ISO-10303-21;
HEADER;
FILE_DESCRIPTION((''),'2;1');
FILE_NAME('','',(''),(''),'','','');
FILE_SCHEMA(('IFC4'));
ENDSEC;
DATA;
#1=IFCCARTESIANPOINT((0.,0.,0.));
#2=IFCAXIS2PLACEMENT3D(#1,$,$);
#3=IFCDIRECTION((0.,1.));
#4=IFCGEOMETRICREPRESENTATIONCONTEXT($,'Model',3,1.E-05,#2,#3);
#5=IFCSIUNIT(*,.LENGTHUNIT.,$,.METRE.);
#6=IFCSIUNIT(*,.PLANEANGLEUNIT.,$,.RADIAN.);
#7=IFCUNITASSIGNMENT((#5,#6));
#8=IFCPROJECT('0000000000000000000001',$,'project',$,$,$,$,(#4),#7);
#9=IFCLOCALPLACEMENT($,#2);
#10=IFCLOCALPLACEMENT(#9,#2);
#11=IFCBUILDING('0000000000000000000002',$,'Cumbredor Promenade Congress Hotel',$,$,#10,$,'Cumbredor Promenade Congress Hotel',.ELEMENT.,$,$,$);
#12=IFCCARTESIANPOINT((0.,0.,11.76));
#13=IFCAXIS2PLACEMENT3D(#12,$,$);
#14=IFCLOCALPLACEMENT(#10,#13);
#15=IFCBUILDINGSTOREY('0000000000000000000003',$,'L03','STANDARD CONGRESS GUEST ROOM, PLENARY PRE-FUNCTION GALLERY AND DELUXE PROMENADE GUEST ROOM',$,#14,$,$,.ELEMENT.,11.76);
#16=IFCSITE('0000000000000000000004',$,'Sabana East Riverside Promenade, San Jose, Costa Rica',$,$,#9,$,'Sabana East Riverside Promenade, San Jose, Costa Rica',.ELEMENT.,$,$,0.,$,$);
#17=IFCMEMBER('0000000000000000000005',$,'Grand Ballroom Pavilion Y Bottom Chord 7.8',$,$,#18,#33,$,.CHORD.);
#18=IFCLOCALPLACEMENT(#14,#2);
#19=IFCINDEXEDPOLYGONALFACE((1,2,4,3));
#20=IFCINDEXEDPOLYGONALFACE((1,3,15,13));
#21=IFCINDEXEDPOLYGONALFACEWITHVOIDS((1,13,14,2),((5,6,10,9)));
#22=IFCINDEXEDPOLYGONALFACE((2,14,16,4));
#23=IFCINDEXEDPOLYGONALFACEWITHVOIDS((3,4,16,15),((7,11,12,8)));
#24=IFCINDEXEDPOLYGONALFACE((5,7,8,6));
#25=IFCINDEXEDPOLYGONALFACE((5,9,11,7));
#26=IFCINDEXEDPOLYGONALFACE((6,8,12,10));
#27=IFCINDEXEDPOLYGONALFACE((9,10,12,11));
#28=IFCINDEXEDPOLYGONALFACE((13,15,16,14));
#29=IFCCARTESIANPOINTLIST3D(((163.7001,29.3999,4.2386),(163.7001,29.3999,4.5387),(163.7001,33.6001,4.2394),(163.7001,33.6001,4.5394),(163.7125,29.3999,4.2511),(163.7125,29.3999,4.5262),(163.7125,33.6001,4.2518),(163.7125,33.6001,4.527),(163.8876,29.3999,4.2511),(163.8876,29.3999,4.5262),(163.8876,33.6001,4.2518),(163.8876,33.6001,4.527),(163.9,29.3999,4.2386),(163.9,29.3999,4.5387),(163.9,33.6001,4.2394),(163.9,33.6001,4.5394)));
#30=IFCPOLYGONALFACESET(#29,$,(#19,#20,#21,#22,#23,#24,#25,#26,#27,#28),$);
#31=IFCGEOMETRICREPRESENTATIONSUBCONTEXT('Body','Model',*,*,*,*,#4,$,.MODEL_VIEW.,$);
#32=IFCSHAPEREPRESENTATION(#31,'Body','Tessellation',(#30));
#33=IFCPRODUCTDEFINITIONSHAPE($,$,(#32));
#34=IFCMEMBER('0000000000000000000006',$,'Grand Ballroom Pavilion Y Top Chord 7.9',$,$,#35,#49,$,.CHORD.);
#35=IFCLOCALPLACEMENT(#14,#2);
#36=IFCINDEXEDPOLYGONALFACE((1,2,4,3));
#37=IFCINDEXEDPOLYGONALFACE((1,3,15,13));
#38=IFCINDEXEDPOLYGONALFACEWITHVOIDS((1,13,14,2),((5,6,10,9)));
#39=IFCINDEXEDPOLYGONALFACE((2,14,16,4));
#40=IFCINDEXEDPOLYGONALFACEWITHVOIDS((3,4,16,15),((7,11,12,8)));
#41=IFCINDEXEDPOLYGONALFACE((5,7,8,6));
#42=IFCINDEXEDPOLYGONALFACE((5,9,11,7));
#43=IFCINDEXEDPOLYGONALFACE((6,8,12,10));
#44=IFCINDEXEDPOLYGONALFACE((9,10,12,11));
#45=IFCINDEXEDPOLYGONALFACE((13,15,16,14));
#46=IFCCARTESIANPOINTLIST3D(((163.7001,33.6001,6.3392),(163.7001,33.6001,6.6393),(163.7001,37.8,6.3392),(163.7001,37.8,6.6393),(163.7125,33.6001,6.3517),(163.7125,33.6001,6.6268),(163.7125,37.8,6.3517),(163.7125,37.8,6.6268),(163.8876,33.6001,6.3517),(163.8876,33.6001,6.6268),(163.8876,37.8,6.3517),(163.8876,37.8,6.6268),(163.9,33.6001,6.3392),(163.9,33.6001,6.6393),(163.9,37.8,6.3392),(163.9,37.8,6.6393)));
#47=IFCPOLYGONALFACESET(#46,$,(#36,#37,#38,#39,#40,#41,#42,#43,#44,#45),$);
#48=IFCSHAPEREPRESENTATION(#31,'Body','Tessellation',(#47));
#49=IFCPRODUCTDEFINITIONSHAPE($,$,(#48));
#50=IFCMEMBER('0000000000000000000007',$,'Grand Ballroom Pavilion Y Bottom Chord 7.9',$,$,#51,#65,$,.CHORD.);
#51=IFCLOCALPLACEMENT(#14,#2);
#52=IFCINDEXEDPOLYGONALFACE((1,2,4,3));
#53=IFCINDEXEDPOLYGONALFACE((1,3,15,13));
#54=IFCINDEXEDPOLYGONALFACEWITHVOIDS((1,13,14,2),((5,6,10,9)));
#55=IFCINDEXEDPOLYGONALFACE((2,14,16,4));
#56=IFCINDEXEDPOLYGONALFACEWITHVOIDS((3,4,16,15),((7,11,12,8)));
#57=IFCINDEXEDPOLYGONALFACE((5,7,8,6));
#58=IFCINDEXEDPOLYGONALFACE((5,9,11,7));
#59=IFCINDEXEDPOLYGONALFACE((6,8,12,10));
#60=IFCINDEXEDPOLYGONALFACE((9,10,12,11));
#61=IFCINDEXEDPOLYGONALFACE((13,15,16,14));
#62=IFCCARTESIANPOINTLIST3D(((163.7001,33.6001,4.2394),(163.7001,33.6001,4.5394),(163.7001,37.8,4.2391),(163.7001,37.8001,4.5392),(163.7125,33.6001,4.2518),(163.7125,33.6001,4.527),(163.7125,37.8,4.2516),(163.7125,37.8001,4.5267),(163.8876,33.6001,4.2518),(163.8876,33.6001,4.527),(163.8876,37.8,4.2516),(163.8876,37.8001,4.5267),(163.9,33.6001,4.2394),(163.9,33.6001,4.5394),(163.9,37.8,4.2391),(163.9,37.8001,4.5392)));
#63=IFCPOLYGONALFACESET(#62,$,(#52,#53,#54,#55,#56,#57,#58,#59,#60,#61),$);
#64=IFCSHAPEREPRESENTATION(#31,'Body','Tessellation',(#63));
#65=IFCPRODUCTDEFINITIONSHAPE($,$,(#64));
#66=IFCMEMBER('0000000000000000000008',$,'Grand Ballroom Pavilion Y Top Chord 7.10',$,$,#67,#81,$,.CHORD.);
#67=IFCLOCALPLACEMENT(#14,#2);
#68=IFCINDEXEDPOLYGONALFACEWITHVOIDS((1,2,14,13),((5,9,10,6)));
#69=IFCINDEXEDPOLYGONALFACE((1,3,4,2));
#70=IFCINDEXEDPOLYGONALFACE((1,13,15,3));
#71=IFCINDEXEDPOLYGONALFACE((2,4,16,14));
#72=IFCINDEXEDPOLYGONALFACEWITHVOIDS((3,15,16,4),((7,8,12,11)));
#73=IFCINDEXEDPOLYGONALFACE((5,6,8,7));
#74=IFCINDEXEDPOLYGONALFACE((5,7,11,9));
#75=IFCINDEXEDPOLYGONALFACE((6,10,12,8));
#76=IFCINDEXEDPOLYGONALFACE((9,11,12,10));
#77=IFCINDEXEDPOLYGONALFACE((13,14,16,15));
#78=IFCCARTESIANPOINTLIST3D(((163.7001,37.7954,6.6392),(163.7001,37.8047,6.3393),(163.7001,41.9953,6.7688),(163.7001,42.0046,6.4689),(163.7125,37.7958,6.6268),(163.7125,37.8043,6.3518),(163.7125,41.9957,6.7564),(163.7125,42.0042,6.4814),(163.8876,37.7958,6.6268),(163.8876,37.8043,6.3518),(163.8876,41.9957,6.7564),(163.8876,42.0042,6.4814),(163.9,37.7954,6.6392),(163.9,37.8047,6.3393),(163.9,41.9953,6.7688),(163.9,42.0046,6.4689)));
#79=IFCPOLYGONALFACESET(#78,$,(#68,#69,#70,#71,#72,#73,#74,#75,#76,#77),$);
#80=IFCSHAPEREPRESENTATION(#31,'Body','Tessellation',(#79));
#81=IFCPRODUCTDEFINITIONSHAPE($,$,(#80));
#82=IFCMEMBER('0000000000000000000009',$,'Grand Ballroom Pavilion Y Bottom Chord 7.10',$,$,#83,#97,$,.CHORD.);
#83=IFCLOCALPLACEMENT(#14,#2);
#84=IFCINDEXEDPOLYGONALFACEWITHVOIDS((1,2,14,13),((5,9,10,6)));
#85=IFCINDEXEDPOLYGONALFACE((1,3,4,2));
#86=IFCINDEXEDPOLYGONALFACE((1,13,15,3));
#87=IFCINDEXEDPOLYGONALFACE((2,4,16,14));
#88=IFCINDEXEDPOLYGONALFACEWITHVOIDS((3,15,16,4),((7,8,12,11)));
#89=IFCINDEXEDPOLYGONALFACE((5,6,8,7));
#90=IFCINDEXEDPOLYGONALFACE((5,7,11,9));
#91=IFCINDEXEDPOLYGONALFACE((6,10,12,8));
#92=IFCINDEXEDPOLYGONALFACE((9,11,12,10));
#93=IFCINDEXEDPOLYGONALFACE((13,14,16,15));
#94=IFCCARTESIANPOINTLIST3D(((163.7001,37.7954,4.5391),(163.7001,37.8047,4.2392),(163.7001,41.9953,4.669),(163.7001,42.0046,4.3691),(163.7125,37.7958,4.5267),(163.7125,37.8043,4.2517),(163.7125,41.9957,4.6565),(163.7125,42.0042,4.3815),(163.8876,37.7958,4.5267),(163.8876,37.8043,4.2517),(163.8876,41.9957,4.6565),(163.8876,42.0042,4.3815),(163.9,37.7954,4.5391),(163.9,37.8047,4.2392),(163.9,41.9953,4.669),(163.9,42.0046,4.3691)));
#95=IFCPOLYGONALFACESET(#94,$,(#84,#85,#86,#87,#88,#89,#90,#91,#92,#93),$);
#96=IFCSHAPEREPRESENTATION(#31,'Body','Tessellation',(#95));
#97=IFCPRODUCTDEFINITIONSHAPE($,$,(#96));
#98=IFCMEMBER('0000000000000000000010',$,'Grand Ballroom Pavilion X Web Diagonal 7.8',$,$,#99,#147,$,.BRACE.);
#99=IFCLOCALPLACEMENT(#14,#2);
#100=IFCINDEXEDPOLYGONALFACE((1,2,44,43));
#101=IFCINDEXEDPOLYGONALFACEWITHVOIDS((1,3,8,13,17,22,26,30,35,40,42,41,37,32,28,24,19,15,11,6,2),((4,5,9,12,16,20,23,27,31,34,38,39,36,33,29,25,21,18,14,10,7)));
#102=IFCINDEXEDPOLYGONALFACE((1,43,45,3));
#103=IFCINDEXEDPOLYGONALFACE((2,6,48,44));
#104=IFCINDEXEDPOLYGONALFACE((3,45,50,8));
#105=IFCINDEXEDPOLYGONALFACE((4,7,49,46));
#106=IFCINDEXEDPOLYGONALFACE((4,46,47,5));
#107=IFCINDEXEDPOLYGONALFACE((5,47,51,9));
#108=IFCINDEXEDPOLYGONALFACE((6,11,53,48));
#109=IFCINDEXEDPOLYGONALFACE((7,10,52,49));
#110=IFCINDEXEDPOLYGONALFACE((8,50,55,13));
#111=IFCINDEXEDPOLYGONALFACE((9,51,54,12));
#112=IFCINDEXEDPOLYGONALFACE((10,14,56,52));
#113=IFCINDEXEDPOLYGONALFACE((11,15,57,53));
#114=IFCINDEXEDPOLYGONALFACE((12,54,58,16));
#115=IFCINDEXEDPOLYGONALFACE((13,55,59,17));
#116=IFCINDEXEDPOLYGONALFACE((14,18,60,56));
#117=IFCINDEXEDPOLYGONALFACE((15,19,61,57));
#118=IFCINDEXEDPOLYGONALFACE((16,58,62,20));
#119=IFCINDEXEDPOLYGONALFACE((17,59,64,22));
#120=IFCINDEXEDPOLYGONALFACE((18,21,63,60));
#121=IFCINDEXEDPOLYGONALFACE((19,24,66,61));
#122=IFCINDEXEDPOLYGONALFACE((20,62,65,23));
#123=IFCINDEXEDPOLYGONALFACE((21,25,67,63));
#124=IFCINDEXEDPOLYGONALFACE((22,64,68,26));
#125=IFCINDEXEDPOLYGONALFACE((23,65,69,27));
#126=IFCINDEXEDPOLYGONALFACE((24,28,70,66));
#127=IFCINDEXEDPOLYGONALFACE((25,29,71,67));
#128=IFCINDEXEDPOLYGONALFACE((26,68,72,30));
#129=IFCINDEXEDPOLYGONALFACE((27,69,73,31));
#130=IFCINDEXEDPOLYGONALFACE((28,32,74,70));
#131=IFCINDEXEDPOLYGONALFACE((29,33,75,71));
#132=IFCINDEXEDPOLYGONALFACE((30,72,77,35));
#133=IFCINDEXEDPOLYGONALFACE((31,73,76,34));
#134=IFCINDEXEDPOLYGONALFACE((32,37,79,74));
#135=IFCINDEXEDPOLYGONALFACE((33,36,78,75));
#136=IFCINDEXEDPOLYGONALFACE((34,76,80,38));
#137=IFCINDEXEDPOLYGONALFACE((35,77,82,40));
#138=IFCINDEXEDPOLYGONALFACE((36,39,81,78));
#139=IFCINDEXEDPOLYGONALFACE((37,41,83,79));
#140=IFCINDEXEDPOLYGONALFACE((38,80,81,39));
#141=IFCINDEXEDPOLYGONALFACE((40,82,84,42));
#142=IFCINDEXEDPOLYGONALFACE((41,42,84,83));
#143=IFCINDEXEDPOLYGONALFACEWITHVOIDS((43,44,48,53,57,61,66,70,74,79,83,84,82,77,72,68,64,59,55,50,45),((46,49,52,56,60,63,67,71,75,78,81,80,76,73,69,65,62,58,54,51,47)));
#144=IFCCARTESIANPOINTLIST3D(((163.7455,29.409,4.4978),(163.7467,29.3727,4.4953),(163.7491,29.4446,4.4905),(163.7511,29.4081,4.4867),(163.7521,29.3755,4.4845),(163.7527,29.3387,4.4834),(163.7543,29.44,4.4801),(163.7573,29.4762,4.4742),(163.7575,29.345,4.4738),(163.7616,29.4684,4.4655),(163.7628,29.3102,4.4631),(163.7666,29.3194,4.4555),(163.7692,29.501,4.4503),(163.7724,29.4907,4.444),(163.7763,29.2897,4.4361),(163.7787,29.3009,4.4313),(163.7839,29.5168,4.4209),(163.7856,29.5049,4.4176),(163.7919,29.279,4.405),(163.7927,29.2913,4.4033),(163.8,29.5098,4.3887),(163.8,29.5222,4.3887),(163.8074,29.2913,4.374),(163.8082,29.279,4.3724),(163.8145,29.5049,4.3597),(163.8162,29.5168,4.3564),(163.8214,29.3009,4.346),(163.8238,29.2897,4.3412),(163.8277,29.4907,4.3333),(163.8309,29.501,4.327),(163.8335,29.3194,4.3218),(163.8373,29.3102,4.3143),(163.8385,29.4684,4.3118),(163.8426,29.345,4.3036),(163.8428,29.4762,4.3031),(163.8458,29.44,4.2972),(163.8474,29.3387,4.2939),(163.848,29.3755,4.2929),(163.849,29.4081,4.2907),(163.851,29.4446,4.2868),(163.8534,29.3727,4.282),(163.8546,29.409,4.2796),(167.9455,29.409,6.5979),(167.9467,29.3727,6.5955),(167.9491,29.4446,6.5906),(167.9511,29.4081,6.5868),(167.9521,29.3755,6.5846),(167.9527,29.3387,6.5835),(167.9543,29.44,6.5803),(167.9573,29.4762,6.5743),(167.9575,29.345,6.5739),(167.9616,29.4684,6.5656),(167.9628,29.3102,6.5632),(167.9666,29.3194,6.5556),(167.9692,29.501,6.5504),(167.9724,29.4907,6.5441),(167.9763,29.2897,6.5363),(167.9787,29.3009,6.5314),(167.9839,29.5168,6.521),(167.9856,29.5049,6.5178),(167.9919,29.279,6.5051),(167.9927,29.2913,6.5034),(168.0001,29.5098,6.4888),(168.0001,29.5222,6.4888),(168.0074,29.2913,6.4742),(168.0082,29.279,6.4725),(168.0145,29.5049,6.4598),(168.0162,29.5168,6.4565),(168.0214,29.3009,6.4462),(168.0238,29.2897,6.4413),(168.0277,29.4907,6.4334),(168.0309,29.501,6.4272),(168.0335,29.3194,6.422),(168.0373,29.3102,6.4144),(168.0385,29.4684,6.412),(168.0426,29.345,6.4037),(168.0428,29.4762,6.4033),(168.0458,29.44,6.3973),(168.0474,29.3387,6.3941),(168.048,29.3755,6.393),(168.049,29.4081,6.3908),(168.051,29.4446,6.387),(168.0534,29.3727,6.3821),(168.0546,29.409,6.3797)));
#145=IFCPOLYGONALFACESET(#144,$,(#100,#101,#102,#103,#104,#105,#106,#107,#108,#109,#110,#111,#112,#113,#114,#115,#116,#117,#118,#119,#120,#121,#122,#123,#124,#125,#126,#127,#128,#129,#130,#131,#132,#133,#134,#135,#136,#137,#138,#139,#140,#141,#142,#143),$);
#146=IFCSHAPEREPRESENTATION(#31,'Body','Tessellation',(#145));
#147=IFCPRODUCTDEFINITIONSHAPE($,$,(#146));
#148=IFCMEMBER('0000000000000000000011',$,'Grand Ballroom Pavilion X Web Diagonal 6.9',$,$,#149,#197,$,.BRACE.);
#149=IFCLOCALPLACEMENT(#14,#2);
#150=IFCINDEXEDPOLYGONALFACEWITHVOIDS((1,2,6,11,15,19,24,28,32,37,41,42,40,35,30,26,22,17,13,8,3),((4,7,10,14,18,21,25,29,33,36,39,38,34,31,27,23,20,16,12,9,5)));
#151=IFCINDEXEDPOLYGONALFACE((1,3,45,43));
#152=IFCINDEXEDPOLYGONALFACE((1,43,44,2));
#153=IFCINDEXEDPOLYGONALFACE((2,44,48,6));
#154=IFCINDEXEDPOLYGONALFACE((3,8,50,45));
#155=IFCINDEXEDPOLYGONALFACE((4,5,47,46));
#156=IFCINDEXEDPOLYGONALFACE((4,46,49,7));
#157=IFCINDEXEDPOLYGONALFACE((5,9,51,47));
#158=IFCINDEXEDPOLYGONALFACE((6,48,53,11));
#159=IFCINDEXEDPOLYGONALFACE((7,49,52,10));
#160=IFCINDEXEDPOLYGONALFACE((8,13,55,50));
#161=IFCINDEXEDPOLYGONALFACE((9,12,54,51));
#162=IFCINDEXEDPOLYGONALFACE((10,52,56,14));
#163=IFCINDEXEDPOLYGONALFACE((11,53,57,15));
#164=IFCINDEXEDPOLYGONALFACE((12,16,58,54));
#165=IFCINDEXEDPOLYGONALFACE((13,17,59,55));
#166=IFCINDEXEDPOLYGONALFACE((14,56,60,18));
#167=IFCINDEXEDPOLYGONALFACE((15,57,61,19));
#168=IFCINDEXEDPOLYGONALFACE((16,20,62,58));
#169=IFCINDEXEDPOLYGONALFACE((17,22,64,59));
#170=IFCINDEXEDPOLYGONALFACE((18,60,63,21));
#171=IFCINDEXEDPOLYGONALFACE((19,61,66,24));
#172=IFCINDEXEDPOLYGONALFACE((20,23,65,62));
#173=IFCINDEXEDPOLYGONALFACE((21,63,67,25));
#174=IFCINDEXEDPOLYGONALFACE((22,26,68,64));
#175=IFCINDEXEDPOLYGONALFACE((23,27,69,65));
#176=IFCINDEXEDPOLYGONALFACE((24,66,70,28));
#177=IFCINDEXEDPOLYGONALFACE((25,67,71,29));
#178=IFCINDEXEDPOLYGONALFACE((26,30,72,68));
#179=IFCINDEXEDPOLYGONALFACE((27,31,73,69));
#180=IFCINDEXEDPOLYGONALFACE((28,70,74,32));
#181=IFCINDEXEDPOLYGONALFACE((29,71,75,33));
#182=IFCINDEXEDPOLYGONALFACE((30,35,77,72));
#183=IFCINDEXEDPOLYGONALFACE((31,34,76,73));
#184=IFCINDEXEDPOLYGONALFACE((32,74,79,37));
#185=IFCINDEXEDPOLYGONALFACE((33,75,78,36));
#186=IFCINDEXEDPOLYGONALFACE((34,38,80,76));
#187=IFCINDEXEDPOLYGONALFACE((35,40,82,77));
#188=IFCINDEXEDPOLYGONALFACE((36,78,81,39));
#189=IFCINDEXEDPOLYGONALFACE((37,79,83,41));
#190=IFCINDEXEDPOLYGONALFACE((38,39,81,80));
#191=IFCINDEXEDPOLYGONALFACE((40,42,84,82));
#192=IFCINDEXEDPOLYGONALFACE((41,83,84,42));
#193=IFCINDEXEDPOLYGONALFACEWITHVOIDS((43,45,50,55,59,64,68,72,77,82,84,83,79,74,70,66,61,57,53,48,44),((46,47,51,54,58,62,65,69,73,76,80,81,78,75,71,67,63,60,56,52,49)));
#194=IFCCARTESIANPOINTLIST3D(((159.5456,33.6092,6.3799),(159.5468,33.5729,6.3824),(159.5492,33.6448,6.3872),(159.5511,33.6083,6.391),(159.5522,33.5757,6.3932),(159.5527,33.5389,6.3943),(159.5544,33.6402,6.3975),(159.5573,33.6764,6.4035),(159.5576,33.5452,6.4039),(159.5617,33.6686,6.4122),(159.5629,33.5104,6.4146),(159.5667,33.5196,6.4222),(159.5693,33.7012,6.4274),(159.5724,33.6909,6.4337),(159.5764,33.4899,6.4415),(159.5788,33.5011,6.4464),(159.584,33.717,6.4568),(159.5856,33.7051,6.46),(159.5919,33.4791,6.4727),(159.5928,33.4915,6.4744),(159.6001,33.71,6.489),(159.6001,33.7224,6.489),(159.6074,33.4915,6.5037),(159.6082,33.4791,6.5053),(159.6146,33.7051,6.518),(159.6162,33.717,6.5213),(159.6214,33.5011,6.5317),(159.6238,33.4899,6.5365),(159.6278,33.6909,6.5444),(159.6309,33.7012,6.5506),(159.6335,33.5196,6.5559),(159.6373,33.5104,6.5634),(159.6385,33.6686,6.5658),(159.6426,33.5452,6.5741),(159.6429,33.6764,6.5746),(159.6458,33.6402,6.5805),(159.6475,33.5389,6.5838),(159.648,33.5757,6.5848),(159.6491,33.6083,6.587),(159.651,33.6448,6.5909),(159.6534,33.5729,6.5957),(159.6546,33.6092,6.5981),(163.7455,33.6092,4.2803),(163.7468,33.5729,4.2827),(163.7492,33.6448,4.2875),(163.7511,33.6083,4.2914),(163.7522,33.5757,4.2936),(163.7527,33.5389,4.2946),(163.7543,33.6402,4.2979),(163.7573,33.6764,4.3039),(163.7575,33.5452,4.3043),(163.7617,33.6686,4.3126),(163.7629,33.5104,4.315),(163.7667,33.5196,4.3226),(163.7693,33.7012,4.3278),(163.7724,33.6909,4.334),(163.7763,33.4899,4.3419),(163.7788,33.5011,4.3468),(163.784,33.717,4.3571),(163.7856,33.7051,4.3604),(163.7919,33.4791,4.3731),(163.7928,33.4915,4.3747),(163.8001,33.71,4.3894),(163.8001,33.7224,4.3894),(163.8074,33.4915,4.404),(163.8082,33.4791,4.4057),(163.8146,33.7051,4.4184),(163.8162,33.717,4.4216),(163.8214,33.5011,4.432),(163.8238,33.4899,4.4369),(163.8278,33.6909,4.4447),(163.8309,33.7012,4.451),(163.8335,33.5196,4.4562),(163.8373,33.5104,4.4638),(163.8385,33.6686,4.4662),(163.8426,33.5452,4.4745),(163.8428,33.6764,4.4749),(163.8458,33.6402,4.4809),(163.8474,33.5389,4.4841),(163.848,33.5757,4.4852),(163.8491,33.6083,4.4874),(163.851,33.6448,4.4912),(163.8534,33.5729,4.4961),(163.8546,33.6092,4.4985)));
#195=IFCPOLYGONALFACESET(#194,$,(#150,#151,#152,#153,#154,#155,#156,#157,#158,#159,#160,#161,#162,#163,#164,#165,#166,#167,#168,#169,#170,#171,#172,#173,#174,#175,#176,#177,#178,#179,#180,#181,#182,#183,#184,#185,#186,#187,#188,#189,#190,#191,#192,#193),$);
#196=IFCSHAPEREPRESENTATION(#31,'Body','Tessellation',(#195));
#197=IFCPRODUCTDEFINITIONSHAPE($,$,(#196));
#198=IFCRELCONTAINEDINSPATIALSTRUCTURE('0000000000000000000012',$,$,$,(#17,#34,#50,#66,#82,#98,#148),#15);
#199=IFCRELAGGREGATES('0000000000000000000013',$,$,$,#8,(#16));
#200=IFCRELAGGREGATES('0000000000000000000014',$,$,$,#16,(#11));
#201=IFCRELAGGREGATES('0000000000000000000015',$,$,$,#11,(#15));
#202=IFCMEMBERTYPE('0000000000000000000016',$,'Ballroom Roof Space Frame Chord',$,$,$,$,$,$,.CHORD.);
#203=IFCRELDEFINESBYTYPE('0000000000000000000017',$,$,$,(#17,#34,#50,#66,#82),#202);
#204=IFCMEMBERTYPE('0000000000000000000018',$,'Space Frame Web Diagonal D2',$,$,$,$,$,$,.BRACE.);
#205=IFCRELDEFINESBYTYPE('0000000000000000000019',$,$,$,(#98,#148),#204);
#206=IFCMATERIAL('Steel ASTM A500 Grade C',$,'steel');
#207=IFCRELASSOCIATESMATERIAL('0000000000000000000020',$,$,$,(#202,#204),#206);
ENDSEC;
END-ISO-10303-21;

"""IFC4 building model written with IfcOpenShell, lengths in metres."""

from ifc_helpers import new_model, si_unit, direction, frame, origin, origin_2d, place, context, subcontext, project, spatial, hollow_rectangle, hollow_circle, extrude, material, material_profile, profile_set, type_object, element, save


model = new_model("IFC4")

# Units and contexts
model_context = context("Model", 3, precision=1e-05, world=origin(), true_north=direction((0.0, 1.0)))
body_context = subcontext(model_context, "Body", "Model", "MODEL_VIEW")
ifc_project = project(units=[si_unit("LENGTHUNIT", "METRE"), si_unit("PLANEANGLEUNIT", "RADIAN")], contexts=[model_context])

# Site, building, storey
site_placement = place(None, origin())
site = spatial("IfcSite", under=ifc_project, at=site_placement, Name="Sabana East Riverside Promenade, San Jose, Costa Rica", LongName="Sabana East Riverside Promenade, San Jose, Costa Rica", CompositionType="ELEMENT", RefElevation=0.0)
building_placement = place(site_placement, origin())
building = spatial("IfcBuilding", under=site, at=building_placement, Name="Cumbredor Promenade Congress Hotel", LongName="Cumbredor Promenade Congress Hotel", CompositionType="ELEMENT")
storey_placement = place(building_placement, frame((0.0, 0.0, 11.76)))
storey = spatial("IfcBuildingStorey", under=building, at=storey_placement, Name="L03", Description="STANDARD CONGRESS GUEST ROOM, PLENARY PRE-FUNCTION GALLERY AND DELUXE PROMENADE GUEST ROOM", CompositionType="ELEMENT", Elevation=11.76)

# Members
ifc_material_1 = material(Name="Steel ASTM A500 Grade C", Category="steel")
ifc_material_profile_1 = material_profile(ifc_material_1, hollow_rectangle(XDim=0.2, YDim=0.3, WallThickness=0.0125, at=origin_2d()), Name="HSS 300x200x12.5")
ifc_profile_set_1 = profile_set([ifc_material_profile_1], Name="Steel ASTM A500 Grade C")
member_type_1 = type_object("IfcMemberType", Name="Ballroom Roof Space Frame Chord", PredefinedType="CHORD", material=ifc_profile_set_1)
for number, where, z_axis, x_axis, name in (
    (1, (163.8, 29.3999, 4.3887), (0.0, 1.0, 0.000174), (-1.0, 0.0, 0.0), "Grand Ballroom Pavilion Y Bottom Chord 7.8"),
):
    element("IfcMember", number, at=place(storey_placement, frame(where, z_axis=z_axis, x_axis=x_axis)), inside=storey, type_object=member_type_1, Name=name, PredefinedType="CHORD", context=body_context, shape_type="SweptSolid", body=[
        extrude(hollow_rectangle(XDim=0.2, YDim=0.3, WallThickness=0.0125, at=origin_2d()), origin(), (0.0, 0.0, 1.0), 4.2002),
    ])
for number, where, z_axis, x_axis, name in (
    (2, (163.8, 33.6001, 6.4893), (0.0, 1.0, 0.0), (-1.0, 0.0, 0.0), "Grand Ballroom Pavilion Y Top Chord 7.9"),
    (3, (163.8, 33.6001, 4.3894), (0.0, 1.0, -0.000058), (-1.0, 0.0, 0.0), "Grand Ballroom Pavilion Y Bottom Chord 7.9"),
):
    element("IfcMember", number, at=place(storey_placement, frame(where, z_axis=z_axis, x_axis=x_axis)), inside=storey, type_object=member_type_1, Name=name, PredefinedType="CHORD", context=body_context, shape_type="SweptSolid", body=[
        extrude(hollow_rectangle(XDim=0.2, YDim=0.3, WallThickness=0.0125, at=origin_2d()), origin(), (0.0, 0.0, 1.0), 4.2),
    ])
for number, where, z_axis, x_axis, name in (
    (4, (163.8, 37.8, 6.4893), (0.0, 0.999524, 0.030852), (-1.0, 0.0, 0.0), "Grand Ballroom Pavilion Y Top Chord 7.10"),
    (5, (163.8, 37.8, 4.3892), (0.0, 0.999522, 0.03091), (-1.0, 0.0, 0.0), "Grand Ballroom Pavilion Y Bottom Chord 7.10"),
):
    element("IfcMember", number, at=place(storey_placement, frame(where, z_axis=z_axis, x_axis=x_axis)), inside=storey, type_object=member_type_1, Name=name, PredefinedType="CHORD", context=body_context, shape_type="SweptSolid", body=[
        extrude(hollow_rectangle(XDim=0.2, YDim=0.3, WallThickness=0.0125, at=origin_2d()), origin(), (0.0, 0.0, 1.0), 4.2019),
    ])
ifc_material_profile_2 = material_profile(ifc_material_1, hollow_circle(Radius=0.1223, WallThickness=0.0125, at=origin_2d()), Name="CHS 244.5x12.5")
ifc_profile_set_2 = profile_set([ifc_material_profile_2], Name="Steel ASTM A500 Grade C")
member_type_2 = type_object("IfcMemberType", Name="Space Frame Web Diagonal D2", PredefinedType="BRACE", material=ifc_profile_set_2)
member_1_placement = place(storey_placement, frame((163.8, 29.3999, 4.3887), z_axis=(0.894417, 0.0, 0.447234), x_axis=(0.0, 1.0, 0.0)))
element("IfcMember", 6, at=member_1_placement, inside=storey, type_object=member_type_2, Name="Grand Ballroom Pavilion X Web Diagonal 7.8", PredefinedType="BRACE", context=body_context, shape_type="SweptSolid", body=[
    extrude(hollow_circle(Radius=0.1223, WallThickness=0.0125, at=origin_2d()), origin(), (0.0, 0.0, 1.0), 4.6958),
])
for number, where, z_axis, x_axis, name in (
    (7, (159.6001, 33.6001, 6.489), (0.894458, 0.0, -0.447151), (0.0, 1.0, 0.0), "Grand Ballroom Pavilion X Web Diagonal 6.9"),
):
    element("IfcMember", number, at=place(storey_placement, frame(where, z_axis=z_axis, x_axis=x_axis)), inside=storey, type_object=member_type_2, Name=name, PredefinedType="BRACE", context=body_context, shape_type="SweptSolid", body=[
        extrude(hollow_circle(Radius=0.1223, WallThickness=0.0125, at=origin_2d()), origin(), (0.0, 0.0, 1.0), 4.6956),
    ])

save(model, "model.ifc")
